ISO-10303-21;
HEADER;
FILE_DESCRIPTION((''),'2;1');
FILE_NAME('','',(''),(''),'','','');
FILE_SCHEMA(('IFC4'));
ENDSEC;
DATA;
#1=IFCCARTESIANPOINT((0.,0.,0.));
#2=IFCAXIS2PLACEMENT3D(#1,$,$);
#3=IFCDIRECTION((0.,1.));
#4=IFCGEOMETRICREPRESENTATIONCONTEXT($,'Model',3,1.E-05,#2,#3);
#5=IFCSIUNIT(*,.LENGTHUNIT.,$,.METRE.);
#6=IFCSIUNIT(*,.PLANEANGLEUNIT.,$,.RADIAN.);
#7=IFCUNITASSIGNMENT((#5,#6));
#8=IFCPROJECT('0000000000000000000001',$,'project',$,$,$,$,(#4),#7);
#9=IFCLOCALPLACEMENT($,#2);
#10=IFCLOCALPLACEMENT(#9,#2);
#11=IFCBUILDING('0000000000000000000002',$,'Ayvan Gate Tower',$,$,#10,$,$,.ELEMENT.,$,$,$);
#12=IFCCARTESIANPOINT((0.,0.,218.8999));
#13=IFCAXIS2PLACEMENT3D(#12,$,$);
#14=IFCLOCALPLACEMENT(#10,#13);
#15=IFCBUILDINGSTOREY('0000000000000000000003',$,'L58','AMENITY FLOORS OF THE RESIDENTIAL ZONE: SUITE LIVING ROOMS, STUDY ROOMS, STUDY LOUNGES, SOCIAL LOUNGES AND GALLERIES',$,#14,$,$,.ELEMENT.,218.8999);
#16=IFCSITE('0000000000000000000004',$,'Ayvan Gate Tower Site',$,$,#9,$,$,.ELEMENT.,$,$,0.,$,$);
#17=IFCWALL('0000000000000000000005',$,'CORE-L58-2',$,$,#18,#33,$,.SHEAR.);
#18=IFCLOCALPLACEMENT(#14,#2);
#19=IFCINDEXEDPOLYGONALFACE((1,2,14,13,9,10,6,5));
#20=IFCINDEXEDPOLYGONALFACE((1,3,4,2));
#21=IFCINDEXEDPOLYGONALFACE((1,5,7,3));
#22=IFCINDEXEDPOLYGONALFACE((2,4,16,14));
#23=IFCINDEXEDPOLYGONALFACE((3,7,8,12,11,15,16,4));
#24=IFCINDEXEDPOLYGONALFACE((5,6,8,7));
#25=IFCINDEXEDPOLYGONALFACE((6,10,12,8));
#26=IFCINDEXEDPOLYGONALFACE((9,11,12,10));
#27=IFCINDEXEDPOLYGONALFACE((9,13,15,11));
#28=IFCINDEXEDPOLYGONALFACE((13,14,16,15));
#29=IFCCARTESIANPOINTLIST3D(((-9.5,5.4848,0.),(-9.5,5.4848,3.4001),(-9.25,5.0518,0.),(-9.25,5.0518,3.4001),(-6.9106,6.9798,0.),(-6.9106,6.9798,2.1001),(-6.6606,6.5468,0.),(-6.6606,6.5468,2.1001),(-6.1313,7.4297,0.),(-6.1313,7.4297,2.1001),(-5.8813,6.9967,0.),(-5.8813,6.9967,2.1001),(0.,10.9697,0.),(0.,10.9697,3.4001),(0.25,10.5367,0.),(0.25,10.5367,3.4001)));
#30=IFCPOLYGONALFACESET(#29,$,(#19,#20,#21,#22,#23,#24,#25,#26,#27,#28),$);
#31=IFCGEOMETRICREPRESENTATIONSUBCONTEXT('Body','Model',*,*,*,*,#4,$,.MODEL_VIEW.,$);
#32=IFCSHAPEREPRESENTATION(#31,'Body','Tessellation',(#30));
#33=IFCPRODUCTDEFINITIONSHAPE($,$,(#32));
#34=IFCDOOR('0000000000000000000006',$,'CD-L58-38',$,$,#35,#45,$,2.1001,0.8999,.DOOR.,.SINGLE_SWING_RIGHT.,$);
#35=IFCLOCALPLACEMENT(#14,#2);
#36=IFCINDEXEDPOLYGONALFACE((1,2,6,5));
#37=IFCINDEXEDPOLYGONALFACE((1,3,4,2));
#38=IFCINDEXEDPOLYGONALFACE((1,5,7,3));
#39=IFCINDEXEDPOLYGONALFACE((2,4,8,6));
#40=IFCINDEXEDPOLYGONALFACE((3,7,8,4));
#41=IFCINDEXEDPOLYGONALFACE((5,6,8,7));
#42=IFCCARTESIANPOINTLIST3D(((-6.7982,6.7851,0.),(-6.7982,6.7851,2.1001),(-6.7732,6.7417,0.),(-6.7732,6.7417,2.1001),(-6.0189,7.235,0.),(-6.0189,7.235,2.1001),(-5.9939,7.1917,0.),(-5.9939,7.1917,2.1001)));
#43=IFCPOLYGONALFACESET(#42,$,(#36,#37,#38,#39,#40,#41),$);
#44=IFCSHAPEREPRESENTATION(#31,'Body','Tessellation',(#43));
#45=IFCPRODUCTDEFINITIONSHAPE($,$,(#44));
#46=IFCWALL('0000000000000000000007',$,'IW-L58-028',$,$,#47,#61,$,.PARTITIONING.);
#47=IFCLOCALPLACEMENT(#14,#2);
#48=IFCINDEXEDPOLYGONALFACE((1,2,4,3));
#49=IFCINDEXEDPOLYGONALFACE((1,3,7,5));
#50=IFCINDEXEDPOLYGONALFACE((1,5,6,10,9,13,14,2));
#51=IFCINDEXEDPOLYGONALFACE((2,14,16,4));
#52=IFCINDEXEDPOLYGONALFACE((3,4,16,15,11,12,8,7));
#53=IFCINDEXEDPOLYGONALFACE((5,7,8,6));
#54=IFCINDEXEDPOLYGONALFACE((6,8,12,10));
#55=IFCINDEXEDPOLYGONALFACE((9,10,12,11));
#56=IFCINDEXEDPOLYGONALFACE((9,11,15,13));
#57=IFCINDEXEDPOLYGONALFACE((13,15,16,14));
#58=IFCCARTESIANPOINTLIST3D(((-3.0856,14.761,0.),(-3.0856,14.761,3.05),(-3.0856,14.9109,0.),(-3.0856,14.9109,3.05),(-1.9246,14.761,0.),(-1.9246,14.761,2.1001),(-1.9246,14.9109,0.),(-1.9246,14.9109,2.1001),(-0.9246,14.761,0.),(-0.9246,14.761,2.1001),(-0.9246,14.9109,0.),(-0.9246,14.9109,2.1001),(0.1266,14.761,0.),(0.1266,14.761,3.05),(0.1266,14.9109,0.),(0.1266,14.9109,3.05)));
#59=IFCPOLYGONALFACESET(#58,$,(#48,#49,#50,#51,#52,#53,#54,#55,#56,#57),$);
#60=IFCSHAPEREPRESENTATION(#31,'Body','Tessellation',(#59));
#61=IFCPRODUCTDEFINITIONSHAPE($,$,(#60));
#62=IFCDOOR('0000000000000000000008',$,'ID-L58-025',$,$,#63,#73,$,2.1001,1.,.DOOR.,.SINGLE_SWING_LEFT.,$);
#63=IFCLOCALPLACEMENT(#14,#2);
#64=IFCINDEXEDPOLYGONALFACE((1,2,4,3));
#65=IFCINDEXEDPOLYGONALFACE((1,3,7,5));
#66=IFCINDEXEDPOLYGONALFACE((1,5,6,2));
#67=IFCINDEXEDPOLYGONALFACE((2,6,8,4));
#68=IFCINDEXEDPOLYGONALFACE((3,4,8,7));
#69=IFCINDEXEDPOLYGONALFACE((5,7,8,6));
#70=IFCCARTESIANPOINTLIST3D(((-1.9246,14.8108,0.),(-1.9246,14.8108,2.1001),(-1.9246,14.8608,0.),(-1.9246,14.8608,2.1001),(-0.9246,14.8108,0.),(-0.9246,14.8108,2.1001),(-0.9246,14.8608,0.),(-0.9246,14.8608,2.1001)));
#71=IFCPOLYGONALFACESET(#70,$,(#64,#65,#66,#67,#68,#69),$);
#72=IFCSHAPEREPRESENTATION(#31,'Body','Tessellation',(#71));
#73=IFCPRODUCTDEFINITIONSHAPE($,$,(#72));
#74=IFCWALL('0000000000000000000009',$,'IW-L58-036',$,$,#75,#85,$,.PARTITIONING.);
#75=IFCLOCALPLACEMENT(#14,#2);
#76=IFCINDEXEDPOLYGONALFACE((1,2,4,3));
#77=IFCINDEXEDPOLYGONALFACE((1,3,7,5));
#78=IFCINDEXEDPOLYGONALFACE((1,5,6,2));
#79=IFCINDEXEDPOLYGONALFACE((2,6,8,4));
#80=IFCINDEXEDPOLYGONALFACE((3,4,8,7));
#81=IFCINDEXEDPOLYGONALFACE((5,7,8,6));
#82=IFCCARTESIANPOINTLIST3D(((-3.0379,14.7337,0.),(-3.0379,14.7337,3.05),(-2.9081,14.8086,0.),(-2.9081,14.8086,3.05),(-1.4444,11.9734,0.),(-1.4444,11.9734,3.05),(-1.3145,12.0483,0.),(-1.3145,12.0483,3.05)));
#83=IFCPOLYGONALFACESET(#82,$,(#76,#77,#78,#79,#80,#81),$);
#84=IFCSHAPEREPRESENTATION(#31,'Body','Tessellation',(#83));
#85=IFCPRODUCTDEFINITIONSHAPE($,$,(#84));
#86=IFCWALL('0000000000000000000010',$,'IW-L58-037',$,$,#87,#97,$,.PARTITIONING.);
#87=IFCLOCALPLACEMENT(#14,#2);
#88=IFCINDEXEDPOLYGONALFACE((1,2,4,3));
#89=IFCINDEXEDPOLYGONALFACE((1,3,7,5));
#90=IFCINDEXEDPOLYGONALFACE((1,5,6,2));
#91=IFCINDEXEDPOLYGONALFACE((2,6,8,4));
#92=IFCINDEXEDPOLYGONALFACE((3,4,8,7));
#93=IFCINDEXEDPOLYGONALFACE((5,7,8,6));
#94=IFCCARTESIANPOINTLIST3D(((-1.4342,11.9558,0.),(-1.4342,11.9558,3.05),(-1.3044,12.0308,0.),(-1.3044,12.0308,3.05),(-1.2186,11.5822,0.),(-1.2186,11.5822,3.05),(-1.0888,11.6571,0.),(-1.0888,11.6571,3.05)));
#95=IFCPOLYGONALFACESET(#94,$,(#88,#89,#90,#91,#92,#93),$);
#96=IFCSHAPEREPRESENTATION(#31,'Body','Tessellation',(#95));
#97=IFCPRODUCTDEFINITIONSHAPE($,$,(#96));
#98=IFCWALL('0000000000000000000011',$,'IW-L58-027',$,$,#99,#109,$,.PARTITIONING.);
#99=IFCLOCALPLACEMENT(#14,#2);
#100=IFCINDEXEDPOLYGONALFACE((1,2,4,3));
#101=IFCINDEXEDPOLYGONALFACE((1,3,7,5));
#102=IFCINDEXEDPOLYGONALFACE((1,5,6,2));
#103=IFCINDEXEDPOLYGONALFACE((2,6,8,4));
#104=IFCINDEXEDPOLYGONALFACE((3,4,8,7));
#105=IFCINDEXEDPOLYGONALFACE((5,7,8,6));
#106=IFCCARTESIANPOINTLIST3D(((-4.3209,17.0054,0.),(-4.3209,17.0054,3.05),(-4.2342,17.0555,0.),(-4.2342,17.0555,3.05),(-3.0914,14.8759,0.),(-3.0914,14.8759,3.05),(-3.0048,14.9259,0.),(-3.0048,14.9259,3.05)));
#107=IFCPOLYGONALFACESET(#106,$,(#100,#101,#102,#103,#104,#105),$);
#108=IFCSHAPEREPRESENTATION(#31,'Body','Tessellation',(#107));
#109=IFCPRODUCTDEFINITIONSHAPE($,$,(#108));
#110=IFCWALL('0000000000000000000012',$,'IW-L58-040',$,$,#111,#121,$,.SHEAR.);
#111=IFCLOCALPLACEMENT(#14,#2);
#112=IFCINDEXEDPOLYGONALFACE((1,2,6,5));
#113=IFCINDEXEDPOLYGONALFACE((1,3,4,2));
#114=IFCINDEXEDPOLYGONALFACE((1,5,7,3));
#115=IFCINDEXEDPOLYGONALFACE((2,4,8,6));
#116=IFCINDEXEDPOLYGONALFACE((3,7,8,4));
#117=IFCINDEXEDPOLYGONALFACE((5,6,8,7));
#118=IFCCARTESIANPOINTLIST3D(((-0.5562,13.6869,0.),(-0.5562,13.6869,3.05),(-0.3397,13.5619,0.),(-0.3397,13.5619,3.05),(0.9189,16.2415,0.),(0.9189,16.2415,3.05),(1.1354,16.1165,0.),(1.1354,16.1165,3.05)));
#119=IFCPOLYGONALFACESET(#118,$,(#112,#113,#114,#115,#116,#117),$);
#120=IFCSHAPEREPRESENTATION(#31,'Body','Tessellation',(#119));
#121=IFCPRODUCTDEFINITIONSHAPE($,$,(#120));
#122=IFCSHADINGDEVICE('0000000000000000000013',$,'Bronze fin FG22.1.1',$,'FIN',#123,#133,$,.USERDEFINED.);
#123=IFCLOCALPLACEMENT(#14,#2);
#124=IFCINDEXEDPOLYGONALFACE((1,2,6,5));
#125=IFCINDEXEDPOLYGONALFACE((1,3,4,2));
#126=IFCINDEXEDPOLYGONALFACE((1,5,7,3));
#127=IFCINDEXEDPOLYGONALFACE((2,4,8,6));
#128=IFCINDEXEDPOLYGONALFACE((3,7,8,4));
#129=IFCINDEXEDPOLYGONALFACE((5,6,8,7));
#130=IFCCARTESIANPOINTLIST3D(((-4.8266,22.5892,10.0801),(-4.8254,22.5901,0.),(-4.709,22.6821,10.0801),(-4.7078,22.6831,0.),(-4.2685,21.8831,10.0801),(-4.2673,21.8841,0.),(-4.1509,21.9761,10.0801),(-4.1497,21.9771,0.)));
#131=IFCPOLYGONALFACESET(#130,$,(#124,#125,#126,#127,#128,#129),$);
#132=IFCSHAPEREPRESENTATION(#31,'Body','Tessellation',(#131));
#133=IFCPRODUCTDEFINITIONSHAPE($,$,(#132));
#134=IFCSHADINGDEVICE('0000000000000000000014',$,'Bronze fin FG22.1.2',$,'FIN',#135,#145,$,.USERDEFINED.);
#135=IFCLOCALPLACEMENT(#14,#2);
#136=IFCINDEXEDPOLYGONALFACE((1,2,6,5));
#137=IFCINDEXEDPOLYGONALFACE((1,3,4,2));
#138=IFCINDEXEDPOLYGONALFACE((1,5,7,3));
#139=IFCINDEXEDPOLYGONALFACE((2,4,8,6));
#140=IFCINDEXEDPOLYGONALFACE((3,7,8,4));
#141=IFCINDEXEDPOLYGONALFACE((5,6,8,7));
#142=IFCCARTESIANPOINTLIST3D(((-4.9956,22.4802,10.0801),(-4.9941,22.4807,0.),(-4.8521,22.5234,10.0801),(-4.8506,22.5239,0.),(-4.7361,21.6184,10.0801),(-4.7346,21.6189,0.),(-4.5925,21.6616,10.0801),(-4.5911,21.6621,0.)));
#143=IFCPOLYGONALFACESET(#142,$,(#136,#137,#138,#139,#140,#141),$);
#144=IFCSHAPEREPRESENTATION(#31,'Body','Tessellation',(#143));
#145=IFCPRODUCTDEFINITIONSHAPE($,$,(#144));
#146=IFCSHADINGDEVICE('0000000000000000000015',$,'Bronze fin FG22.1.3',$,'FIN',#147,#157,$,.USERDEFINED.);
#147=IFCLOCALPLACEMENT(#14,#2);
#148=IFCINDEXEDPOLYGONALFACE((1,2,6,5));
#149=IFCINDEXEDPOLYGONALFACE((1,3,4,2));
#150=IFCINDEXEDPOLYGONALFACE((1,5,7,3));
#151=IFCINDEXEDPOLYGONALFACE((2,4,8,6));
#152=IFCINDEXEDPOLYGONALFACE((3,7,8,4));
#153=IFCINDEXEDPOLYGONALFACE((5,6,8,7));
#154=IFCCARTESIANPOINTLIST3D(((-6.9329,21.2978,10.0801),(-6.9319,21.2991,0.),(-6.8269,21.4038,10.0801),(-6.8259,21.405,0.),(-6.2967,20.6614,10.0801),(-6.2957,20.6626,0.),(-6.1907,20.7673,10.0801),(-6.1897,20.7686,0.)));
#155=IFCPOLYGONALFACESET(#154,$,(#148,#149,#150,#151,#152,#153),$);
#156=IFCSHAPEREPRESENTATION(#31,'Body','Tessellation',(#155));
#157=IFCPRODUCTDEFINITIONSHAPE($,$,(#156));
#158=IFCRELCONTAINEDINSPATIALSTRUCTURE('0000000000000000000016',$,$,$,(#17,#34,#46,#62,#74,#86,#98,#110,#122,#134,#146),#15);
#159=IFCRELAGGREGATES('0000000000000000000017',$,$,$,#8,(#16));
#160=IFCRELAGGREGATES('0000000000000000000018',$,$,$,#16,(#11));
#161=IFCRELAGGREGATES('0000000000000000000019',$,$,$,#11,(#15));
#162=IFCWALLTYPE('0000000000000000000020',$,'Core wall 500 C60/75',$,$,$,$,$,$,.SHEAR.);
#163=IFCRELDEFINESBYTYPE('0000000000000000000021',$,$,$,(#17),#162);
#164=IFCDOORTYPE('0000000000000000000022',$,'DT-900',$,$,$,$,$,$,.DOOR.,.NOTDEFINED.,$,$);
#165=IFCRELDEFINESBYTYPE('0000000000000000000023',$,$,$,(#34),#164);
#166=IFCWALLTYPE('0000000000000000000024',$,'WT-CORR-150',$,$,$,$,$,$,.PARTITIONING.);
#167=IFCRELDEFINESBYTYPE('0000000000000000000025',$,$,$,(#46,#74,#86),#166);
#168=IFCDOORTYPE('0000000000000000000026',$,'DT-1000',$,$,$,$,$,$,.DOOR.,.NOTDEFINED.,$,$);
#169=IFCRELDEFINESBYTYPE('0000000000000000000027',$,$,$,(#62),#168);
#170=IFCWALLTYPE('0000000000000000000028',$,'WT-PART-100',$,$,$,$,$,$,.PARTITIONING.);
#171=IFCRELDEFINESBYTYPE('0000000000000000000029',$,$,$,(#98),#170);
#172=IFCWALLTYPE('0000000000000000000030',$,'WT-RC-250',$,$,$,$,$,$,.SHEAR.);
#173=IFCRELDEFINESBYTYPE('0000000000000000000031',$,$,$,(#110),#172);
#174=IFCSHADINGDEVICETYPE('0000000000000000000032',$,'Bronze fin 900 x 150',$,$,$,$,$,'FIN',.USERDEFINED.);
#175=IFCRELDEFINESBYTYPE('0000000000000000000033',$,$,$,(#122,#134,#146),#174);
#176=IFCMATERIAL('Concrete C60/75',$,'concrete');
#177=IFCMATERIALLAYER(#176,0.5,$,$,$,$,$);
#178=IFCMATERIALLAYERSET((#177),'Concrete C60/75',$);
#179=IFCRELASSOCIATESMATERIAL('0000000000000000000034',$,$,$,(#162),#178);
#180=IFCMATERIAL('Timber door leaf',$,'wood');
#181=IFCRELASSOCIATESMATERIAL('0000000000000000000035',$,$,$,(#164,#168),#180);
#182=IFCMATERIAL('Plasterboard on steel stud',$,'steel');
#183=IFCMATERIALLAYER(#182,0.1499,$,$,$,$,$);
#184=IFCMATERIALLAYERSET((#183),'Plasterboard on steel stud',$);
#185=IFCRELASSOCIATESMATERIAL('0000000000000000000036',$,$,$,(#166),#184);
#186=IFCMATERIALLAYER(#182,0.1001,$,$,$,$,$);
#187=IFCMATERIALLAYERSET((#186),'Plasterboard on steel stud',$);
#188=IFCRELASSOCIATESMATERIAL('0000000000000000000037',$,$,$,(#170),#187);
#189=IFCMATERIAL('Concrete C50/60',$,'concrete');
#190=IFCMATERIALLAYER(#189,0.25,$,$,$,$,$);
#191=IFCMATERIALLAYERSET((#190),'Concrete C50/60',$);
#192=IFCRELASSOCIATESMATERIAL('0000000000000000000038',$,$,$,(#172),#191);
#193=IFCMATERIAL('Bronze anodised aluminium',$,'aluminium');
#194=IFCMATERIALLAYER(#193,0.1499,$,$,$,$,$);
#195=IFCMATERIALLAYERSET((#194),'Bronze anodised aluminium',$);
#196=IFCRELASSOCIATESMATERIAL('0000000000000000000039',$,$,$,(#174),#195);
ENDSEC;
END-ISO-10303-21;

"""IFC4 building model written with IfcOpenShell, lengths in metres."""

from ifc_helpers import new_model, si_unit, direction, frame, frame_2d, origin, place, context, subcontext, project, spatial, polyline, rectangle, outline, extrude, material, layer, layer_set, type_object, element, fill, save


model = new_model("IFC4")

# Units and contexts
model_context = context("Model", 3, precision=1e-05, world=origin(), true_north=direction((0.0, 1.0)))
body_context = subcontext(model_context, "Body", "Model", "MODEL_VIEW")
ifc_project = project(units=[si_unit("LENGTHUNIT", "METRE"), si_unit("PLANEANGLEUNIT", "RADIAN")], contexts=[model_context])

# Site, building, storey
site_placement = place(None, origin())
site = spatial("IfcSite", under=ifc_project, at=site_placement, Name="Ayvan Gate Tower Site", CompositionType="ELEMENT", RefElevation=0.0)
building_placement = place(site_placement, origin())
building = spatial("IfcBuilding", under=site, at=building_placement, Name="Ayvan Gate Tower", CompositionType="ELEMENT")
storey_placement = place(building_placement, frame((0.0, 0.0, 218.8999)))
storey = spatial("IfcBuildingStorey", under=building, at=storey_placement, Name="L58", Description="AMENITY FLOORS OF THE RESIDENTIAL ZONE: SUITE LIVING ROOMS, STUDY ROOMS, STUDY LOUNGES, SOCIAL LOUNGES AND GALLERIES", CompositionType="ELEMENT", Elevation=218.8999)

# Shared definitions
ifc_material_1 = material(Name="Concrete C50/60", Category="concrete")

# Shared definitions
ifc_material_2 = material(Name="Bronze anodised aluminium", Category="aluminium")

# Walls, openings, doors
ifc_material_3 = material(Name="Concrete C60/75", Category="concrete")
ifc_layer_1 = layer(ifc_material_3, 0.5)
ifc_layer_set_1 = layer_set([ifc_layer_1], Name="Concrete C60/75")
wall_type_1 = type_object("IfcWallType", Name="Core wall 500 C60/75", PredefinedType="SHEAR", material=ifc_layer_set_1)
wall_1_placement = place(storey_placement, frame((0.125, 10.7532, 0.0), z_axis=(0.0, 0.0, 1.0), x_axis=(-0.866024, -0.500002, 0.0)))
wall_1 = element("IfcWall", 1, at=wall_1_placement, inside=storey, type_object=wall_type_1, Name="CORE-L58-2", PredefinedType="SHEAR", context=body_context, shape_type="SweptSolid", body=[
    extrude(rectangle(XDim=10.9697, YDim=0.5, at=frame_2d((5.4849, 0.0))), origin(), (0.0, 0.0, 1.0), 3.4001),
])
opening_1_placement = place(wall_1_placement, frame((7.0798, 0.0, 0.0)))
opening_1 = element("IfcOpeningElement", 2, at=opening_1_placement, cuts=wall_1, PredefinedType="OPENING", context=body_context, shape_type="SweptSolid", body=[
    extrude(rectangle(XDim=0.8999, YDim=2.1001, at=frame_2d((0.45, 1.05))), frame((0.0, 0.26, 0.0), z_axis=(0.0, -1.0, 0.0), x_axis=(1.0, 0.0, 0.0)), (0.0, 0.0, 1.0), 0.52),
])
ifc_material_4 = material(Name="Timber door leaf", Category="wood")
door_type_1 = type_object("IfcDoorType", Name="DT-900", OperationType="NOTDEFINED", PredefinedType="DOOR", material=ifc_material_4)
door_1_placement = place(opening_1_placement, origin())
door_1 = element("IfcDoor", 3, at=door_1_placement, inside=storey, type_object=door_type_1, Name="CD-L58-38", OperationType="SINGLE_SWING_RIGHT", OverallHeight=2.1001, OverallWidth=0.8999, PredefinedType="DOOR", context=body_context, shape_type="SweptSolid", body=[
    extrude(rectangle(XDim=0.8999, YDim=2.1001, at=frame_2d((0.45, 1.05))), frame((0.0, 0.0249, 0.0), z_axis=(0.0, -1.0, 0.0), x_axis=(1.0, 0.0, 0.0)), (0.0, 0.0, 1.0), 0.05),
])
fill(opening_1, door_1)
ifc_material_5 = material(Name="Plasterboard on steel stud", Category="steel")
ifc_layer_2 = layer(ifc_material_5, 0.1499)
ifc_layer_set_2 = layer_set([ifc_layer_2], Name="Plasterboard on steel stud")
wall_type_2 = type_object("IfcWallType", Name="WT-CORR-150", PredefinedType="PARTITIONING", material=ifc_layer_set_2)
wall_2_placement = place(storey_placement, frame((-3.0854, 14.8359, 0.0), z_axis=(0.0, 0.0, 1.0), x_axis=(1.0, 0.0, 0.0)))
wall_2 = element("IfcWall", 4, at=wall_2_placement, inside=storey, type_object=wall_type_2, Name="IW-L58-028", PredefinedType="PARTITIONING", context=body_context, shape_type="SweptSolid", body=[
    extrude(rectangle(XDim=3.2122, YDim=0.1499, at=frame_2d((1.606, 0.0))), origin(), (0.0, 0.0, 1.0), 3.05),
])
opening_2_placement = place(wall_2_placement, frame((1.1609, 0.0, 0.0)))
opening_2 = element("IfcOpeningElement", 5, at=opening_2_placement, cuts=wall_2, PredefinedType="OPENING", context=body_context, shape_type="SweptSolid", body=[
    extrude(rectangle(XDim=1.0, YDim=2.1001, at=frame_2d((0.5, 1.05))), frame((0.0, 0.085, 0.0), z_axis=(0.0, -1.0, 0.0), x_axis=(1.0, 0.0, 0.0)), (0.0, 0.0, 1.0), 0.1699),
])
door_type_2 = type_object("IfcDoorType", Name="DT-1000", OperationType="NOTDEFINED", PredefinedType="DOOR", material=ifc_material_4)
door_2_placement = place(opening_2_placement, origin())
door_2 = element("IfcDoor", 6, at=door_2_placement, inside=storey, type_object=door_type_2, Name="ID-L58-025", OperationType="SINGLE_SWING_LEFT", OverallHeight=2.1001, OverallWidth=1.0, PredefinedType="DOOR", context=body_context, shape_type="SweptSolid", body=[
    extrude(rectangle(XDim=1.0, YDim=2.1001, at=frame_2d((0.5, 1.05))), frame((0.0, 0.0249, 0.0), z_axis=(0.0, -1.0, 0.0), x_axis=(1.0, 0.0, 0.0)), (0.0, 0.0, 1.0), 0.05),
])
fill(opening_2, door_2)

# Walls
wall_3_placement = place(storey_placement, frame((-1.3794, 12.0107, 0.0), z_axis=(0.0, 0.0, 1.0), x_axis=(-0.49997, 0.866043, 0.0)))
element("IfcWall", 7, at=wall_3_placement, inside=storey, type_object=wall_type_2, Name="IW-L58-036", PredefinedType="PARTITIONING", context=body_context, shape_type="SweptSolid", body=[
    extrude(rectangle(XDim=3.1873, YDim=0.1499, at=frame_2d((1.5938, 0.0))), origin(), (0.0, 0.0, 1.0), 3.05),
])
wall_4_placement = place(storey_placement, frame((-1.3694, 11.9934, 0.0), z_axis=(0.0, 0.0, 1.0), x_axis=(0.499853, -0.86611, 0.0)))
element("IfcWall", 8, at=wall_4_placement, inside=storey, type_object=wall_type_2, Name="IW-L58-037", PredefinedType="PARTITIONING", context=body_context, shape_type="SweptSolid", body=[
    extrude(rectangle(XDim=0.4314, YDim=0.1499, at=frame_2d((0.2158, 0.0))), origin(), (0.0, 0.0, 1.0), 3.05),
])
ifc_layer_3 = layer(ifc_material_5, 0.1001)
ifc_layer_set_3 = layer_set([ifc_layer_3], Name="Plasterboard on steel stud")
wall_type_3 = type_object("IfcWallType", Name="WT-PART-100", PredefinedType="PARTITIONING", material=ifc_layer_set_3)
wall_5_placement = place(storey_placement, frame((-3.0481, 14.9009, 0.0), z_axis=(0.0, 0.0, 1.0), x_axis=(-0.499983, 0.866035, 0.0)))
element("IfcWall", 9, at=wall_5_placement, inside=storey, type_object=wall_type_3, Name="IW-L58-027", PredefinedType="PARTITIONING", context=body_context, shape_type="SweptSolid", body=[
    extrude(rectangle(XDim=2.459, YDim=0.1001, at=frame_2d((1.2295, 0.0))), origin(), (0.0, 0.0, 1.0), 3.05),
])
ifc_layer_4 = layer(ifc_material_1, 0.25)
ifc_layer_set_4 = layer_set([ifc_layer_4], Name="Concrete C50/60")
wall_type_4 = type_object("IfcWallType", Name="WT-RC-250", PredefinedType="SHEAR", material=ifc_layer_set_4)
wall_6_placement = place(storey_placement, frame((-0.448, 13.6243, 0.0), z_axis=(0.0, 0.0, 1.0), x_axis=(0.500038, 0.866004, 0.0)))
element("IfcWall", 10, at=wall_6_placement, inside=storey, type_object=wall_type_4, Name="IW-L58-040", PredefinedType="SHEAR", context=body_context, shape_type="SweptSolid", body=[
    extrude(rectangle(XDim=2.95, YDim=0.25, at=frame_2d((1.4751, 0.0))), origin(), (0.0, 0.0, 1.0), 3.05),
])

# Shading devices
ifc_layer_5 = layer(ifc_material_2, 0.1499)
ifc_layer_set_5 = layer_set([ifc_layer_5], Name="Bronze anodised aluminium")
shading_device_type = type_object("IfcShadingDeviceType", Name="Bronze fin 900 x 150", ElementType="FIN", PredefinedType="USERDEFINED", material=ifc_layer_set_5)
shading_device_1_placement = place(storey_placement, frame((-4.1497, 21.9771, 0.0), z_axis=(0.784508, 0.620119, 0.000155), x_axis=(-0.620119, 0.784508, 0.0)))
element("IfcShadingDevice", 11, at=shading_device_1_placement, inside=storey, type_object=shading_device_type, Name="Bronze fin FG22.1.1", ObjectType="FIN", PredefinedType="USERDEFINED", context=body_context, shape_type="SweptSolid", body=[
    extrude(outline(polyline([(0.0, 0.0), (0.9, 0.0), (0.9, 10.0801), (0.0, 10.0801), (0.0, 0.0)])), origin(), (0.0, 0.0, -1.0), 0.1499),
])
shading_device_2_placement = place(storey_placement, frame((-4.5911, 21.6621, 0.0), z_axis=(0.957527, 0.288343, 0.000153), x_axis=(-0.288343, 0.957527, 0.0)))
element("IfcShadingDevice", 12, at=shading_device_2_placement, inside=storey, type_object=shading_device_type, Name="Bronze fin FG22.1.2", ObjectType="FIN", PredefinedType="USERDEFINED", context=body_context, shape_type="SweptSolid", body=[
    extrude(outline(polyline([(0.0, 0.0), (0.9, 0.0), (0.9, 10.0801), (0.0, 10.0801), (0.0, 0.0)])), origin(), (0.0, 0.0, -1.0), 0.1499),
])
shading_device_3_placement = place(storey_placement, frame((-6.1897, 20.7686, 0.0), z_axis=(0.707242, 0.706971, 0.000154), x_axis=(-0.706971, 0.707242, 0.0)))
element("IfcShadingDevice", 13, at=shading_device_3_placement, inside=storey, type_object=shading_device_type, Name="Bronze fin FG22.1.3", ObjectType="FIN", PredefinedType="USERDEFINED", context=body_context, shape_type="SweptSolid", body=[
    extrude(outline(polyline([(0.0, 0.0), (0.8999, 0.0), (0.8998, 10.0801), (-0.0002, 10.0801), (0.0, 0.0)])), origin(), (0.0, 0.0, -1.0), 0.1499),
])

save(model, "model.ifc")
